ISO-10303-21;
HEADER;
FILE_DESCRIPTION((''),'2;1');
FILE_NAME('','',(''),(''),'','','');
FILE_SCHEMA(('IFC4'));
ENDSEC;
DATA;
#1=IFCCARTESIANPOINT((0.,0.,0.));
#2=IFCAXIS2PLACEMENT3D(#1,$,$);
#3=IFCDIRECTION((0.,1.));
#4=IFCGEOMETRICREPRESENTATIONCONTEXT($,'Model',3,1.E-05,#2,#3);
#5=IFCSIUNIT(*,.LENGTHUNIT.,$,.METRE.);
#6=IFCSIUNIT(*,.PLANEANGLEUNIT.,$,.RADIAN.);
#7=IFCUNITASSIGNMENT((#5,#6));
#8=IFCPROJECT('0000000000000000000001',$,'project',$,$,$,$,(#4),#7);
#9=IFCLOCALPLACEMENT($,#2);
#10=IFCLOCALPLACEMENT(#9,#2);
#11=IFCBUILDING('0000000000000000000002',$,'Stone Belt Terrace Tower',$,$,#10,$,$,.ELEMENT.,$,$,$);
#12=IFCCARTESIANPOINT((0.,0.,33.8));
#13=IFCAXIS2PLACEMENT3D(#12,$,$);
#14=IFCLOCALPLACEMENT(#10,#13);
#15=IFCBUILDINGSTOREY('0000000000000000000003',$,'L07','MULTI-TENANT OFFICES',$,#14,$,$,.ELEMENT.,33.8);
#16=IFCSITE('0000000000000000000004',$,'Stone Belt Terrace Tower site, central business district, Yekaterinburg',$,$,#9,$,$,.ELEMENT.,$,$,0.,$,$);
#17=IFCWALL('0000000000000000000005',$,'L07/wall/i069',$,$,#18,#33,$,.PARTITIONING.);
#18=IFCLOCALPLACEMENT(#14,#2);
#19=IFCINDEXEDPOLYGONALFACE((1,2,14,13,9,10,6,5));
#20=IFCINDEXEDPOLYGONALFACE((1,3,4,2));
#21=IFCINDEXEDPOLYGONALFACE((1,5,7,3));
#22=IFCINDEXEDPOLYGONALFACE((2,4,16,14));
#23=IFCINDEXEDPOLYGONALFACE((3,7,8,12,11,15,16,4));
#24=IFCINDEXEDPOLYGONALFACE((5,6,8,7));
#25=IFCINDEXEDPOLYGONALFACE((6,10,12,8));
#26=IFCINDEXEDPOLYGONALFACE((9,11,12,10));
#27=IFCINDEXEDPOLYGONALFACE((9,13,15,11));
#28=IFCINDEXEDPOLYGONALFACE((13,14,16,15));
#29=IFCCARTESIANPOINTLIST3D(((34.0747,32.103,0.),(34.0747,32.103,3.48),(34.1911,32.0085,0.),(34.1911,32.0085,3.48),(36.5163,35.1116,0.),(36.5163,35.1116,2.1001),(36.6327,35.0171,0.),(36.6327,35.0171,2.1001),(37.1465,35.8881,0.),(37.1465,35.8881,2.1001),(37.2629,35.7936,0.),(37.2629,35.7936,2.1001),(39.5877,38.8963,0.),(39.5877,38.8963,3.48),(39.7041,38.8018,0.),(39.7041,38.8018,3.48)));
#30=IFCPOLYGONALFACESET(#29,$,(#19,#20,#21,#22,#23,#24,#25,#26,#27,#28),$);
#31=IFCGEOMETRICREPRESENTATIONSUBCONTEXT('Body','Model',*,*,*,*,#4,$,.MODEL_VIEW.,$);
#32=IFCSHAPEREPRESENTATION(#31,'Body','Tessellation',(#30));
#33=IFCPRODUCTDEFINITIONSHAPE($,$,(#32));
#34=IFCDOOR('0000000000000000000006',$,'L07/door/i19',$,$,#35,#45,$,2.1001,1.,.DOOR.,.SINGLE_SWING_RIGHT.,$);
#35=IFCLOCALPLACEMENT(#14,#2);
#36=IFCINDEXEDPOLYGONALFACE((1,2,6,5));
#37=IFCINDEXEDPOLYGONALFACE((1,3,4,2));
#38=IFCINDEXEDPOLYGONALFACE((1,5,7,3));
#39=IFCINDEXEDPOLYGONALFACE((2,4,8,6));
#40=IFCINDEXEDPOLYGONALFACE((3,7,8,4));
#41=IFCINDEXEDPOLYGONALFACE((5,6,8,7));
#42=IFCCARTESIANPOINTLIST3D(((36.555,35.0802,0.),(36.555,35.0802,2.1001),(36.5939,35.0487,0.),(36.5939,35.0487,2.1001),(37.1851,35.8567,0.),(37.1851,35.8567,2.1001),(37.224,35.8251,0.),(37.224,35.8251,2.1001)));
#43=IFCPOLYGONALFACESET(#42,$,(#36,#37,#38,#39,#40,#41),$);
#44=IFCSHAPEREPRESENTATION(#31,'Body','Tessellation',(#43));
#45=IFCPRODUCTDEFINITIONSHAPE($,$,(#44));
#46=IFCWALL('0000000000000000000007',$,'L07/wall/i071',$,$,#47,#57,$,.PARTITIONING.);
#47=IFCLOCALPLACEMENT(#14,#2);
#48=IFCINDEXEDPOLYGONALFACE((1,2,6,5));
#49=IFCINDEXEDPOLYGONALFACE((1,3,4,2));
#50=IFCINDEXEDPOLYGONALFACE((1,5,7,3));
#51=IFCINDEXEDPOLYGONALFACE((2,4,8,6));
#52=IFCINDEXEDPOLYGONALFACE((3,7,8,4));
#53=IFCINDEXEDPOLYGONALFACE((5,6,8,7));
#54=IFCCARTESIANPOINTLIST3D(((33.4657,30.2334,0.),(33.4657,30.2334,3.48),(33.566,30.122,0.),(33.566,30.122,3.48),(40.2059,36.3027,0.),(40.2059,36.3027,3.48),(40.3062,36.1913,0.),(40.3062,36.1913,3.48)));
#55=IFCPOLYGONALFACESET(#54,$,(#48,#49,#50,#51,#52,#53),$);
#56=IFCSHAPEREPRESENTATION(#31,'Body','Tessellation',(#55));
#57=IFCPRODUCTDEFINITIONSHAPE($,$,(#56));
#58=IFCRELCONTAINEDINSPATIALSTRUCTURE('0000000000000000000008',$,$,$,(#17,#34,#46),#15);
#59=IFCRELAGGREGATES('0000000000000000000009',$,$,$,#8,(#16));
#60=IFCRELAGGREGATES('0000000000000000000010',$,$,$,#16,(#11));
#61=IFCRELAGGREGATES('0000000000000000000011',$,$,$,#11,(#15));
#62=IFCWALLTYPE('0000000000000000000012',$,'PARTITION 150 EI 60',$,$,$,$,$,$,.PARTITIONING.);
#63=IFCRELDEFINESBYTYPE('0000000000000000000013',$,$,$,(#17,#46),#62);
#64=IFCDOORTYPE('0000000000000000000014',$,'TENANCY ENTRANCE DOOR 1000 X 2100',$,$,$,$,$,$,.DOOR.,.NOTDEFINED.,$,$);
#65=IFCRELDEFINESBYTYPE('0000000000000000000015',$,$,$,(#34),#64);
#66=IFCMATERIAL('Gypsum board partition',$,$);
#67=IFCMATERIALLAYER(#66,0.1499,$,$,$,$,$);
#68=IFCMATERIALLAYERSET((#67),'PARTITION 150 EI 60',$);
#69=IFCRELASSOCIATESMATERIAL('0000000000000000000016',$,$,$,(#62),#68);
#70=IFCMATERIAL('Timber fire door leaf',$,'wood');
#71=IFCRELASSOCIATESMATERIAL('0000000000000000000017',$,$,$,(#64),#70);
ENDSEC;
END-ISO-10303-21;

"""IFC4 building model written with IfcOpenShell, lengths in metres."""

from ifc_helpers import new_model, si_unit, direction, frame, frame_2d, origin, place, context, subcontext, project, spatial, rectangle, extrude, material, layer, layer_set, type_object, element, fill, save


model = new_model("IFC4")

# Units and contexts
model_context = context("Model", 3, precision=1e-05, world=origin(), true_north=direction((0.0, 1.0)))
body_context = subcontext(model_context, "Body", "Model", "MODEL_VIEW")
ifc_project = project(units=[si_unit("LENGTHUNIT", "METRE"), si_unit("PLANEANGLEUNIT", "RADIAN")], contexts=[model_context])

# Site, building, storey
site_placement = place(None, origin())
site = spatial("IfcSite", under=ifc_project, at=site_placement, Name="Stone Belt Terrace Tower site, central business district, Yekaterinburg", CompositionType="ELEMENT", RefElevation=0.0)
building_placement = place(site_placement, origin())
building = spatial("IfcBuilding", under=site, at=building_placement, Name="Stone Belt Terrace Tower", CompositionType="ELEMENT")
storey_placement = place(building_placement, frame((0.0, 0.0, 33.8)))
storey = spatial("IfcBuildingStorey", under=building, at=storey_placement, Name="L07", Description="MULTI-TENANT OFFICES", CompositionType="ELEMENT", Elevation=33.8)

# Shared definitions
ifc_material_1 = material(Name="Gypsum board partition")
ifc_layer_1 = layer(ifc_material_1, 0.1499)
ifc_layer_set_1 = layer_set([ifc_layer_1], Name="PARTITION 150 EI 60")
wall_type_1 = type_object("IfcWallType", Name="PARTITION 150 EI 60", PredefinedType="PARTITIONING", material=ifc_layer_set_1)
ifc_material_2 = material(Name="Timber fire door leaf", Category="wood")
door_type_1 = type_object("IfcDoorType", Name="TENANCY ENTRANCE DOOR 1000 X 2100", OperationType="NOTDEFINED", PredefinedType="DOOR", material=ifc_material_2)

# Wall, opening, door
wall_1_placement = place(storey_placement, frame((39.646, 38.8491, 0.0), z_axis=(0.0, 0.0, 1.0), x_axis=(-0.630142, -0.77648, 0.0)))
wall_1 = element("IfcWall", 1, at=wall_1_placement, inside=storey, type_object=wall_type_1, Name="L07/wall/i069", PredefinedType="PARTITIONING", context=body_context, shape_type="SweptSolid", body=[
    extrude(rectangle(XDim=8.7488, YDim=0.1499, at=frame_2d((4.3745, 0.0))), origin(), (0.0, 0.0, 1.0), 3.48),
])
opening_1_placement = place(wall_1_placement, frame((3.8743, 0.0, 0.0)))
opening_1 = element("IfcOpeningElement", 2, at=opening_1_placement, cuts=wall_1, PredefinedType="OPENING", context=body_context, shape_type="SweptSolid", body=[
    extrude(rectangle(XDim=1.0, YDim=2.1001, at=frame_2d((0.5, 1.05))), frame((0.0, 0.085, 0.0), z_axis=(0.0, -1.0, 0.0), x_axis=(1.0, 0.0, 0.0)), (0.0, 0.0, 1.0), 0.1699),
])
door_1_placement = place(opening_1_placement, origin())
door_1 = element("IfcDoor", 3, at=door_1_placement, inside=storey, type_object=door_type_1, Name="L07/door/i19", OperationType="SINGLE_SWING_RIGHT", OverallHeight=2.1001, OverallWidth=1.0, PredefinedType="DOOR", context=body_context, shape_type="SweptSolid", body=[
    extrude(rectangle(XDim=1.0, YDim=2.1001, at=frame_2d((0.5, 1.05))), frame((0.0, 0.0249, 0.0), z_axis=(0.0, -1.0, 0.0), x_axis=(1.0, 0.0, 0.0)), (0.0, 0.0, 1.0), 0.05),
])
fill(opening_1, door_1)

# Wall
wall_2_placement = place(storey_placement, frame((40.2561, 36.2471, 0.0), z_axis=(0.0, 0.0, 1.0), x_axis=(-0.743123, -0.669155, 0.0)))
element("IfcWall", 4, at=wall_2_placement, inside=storey, type_object=wall_type_1, Name="L07/wall/i071", PredefinedType="PARTITIONING", context=body_context, shape_type="SweptSolid", body=[
    extrude(rectangle(XDim=9.0701, YDim=0.1499, at=frame_2d((4.5352, 0.0))), origin(), (0.0, 0.0, 1.0), 3.48),
])

save(model, "model.ifc")
